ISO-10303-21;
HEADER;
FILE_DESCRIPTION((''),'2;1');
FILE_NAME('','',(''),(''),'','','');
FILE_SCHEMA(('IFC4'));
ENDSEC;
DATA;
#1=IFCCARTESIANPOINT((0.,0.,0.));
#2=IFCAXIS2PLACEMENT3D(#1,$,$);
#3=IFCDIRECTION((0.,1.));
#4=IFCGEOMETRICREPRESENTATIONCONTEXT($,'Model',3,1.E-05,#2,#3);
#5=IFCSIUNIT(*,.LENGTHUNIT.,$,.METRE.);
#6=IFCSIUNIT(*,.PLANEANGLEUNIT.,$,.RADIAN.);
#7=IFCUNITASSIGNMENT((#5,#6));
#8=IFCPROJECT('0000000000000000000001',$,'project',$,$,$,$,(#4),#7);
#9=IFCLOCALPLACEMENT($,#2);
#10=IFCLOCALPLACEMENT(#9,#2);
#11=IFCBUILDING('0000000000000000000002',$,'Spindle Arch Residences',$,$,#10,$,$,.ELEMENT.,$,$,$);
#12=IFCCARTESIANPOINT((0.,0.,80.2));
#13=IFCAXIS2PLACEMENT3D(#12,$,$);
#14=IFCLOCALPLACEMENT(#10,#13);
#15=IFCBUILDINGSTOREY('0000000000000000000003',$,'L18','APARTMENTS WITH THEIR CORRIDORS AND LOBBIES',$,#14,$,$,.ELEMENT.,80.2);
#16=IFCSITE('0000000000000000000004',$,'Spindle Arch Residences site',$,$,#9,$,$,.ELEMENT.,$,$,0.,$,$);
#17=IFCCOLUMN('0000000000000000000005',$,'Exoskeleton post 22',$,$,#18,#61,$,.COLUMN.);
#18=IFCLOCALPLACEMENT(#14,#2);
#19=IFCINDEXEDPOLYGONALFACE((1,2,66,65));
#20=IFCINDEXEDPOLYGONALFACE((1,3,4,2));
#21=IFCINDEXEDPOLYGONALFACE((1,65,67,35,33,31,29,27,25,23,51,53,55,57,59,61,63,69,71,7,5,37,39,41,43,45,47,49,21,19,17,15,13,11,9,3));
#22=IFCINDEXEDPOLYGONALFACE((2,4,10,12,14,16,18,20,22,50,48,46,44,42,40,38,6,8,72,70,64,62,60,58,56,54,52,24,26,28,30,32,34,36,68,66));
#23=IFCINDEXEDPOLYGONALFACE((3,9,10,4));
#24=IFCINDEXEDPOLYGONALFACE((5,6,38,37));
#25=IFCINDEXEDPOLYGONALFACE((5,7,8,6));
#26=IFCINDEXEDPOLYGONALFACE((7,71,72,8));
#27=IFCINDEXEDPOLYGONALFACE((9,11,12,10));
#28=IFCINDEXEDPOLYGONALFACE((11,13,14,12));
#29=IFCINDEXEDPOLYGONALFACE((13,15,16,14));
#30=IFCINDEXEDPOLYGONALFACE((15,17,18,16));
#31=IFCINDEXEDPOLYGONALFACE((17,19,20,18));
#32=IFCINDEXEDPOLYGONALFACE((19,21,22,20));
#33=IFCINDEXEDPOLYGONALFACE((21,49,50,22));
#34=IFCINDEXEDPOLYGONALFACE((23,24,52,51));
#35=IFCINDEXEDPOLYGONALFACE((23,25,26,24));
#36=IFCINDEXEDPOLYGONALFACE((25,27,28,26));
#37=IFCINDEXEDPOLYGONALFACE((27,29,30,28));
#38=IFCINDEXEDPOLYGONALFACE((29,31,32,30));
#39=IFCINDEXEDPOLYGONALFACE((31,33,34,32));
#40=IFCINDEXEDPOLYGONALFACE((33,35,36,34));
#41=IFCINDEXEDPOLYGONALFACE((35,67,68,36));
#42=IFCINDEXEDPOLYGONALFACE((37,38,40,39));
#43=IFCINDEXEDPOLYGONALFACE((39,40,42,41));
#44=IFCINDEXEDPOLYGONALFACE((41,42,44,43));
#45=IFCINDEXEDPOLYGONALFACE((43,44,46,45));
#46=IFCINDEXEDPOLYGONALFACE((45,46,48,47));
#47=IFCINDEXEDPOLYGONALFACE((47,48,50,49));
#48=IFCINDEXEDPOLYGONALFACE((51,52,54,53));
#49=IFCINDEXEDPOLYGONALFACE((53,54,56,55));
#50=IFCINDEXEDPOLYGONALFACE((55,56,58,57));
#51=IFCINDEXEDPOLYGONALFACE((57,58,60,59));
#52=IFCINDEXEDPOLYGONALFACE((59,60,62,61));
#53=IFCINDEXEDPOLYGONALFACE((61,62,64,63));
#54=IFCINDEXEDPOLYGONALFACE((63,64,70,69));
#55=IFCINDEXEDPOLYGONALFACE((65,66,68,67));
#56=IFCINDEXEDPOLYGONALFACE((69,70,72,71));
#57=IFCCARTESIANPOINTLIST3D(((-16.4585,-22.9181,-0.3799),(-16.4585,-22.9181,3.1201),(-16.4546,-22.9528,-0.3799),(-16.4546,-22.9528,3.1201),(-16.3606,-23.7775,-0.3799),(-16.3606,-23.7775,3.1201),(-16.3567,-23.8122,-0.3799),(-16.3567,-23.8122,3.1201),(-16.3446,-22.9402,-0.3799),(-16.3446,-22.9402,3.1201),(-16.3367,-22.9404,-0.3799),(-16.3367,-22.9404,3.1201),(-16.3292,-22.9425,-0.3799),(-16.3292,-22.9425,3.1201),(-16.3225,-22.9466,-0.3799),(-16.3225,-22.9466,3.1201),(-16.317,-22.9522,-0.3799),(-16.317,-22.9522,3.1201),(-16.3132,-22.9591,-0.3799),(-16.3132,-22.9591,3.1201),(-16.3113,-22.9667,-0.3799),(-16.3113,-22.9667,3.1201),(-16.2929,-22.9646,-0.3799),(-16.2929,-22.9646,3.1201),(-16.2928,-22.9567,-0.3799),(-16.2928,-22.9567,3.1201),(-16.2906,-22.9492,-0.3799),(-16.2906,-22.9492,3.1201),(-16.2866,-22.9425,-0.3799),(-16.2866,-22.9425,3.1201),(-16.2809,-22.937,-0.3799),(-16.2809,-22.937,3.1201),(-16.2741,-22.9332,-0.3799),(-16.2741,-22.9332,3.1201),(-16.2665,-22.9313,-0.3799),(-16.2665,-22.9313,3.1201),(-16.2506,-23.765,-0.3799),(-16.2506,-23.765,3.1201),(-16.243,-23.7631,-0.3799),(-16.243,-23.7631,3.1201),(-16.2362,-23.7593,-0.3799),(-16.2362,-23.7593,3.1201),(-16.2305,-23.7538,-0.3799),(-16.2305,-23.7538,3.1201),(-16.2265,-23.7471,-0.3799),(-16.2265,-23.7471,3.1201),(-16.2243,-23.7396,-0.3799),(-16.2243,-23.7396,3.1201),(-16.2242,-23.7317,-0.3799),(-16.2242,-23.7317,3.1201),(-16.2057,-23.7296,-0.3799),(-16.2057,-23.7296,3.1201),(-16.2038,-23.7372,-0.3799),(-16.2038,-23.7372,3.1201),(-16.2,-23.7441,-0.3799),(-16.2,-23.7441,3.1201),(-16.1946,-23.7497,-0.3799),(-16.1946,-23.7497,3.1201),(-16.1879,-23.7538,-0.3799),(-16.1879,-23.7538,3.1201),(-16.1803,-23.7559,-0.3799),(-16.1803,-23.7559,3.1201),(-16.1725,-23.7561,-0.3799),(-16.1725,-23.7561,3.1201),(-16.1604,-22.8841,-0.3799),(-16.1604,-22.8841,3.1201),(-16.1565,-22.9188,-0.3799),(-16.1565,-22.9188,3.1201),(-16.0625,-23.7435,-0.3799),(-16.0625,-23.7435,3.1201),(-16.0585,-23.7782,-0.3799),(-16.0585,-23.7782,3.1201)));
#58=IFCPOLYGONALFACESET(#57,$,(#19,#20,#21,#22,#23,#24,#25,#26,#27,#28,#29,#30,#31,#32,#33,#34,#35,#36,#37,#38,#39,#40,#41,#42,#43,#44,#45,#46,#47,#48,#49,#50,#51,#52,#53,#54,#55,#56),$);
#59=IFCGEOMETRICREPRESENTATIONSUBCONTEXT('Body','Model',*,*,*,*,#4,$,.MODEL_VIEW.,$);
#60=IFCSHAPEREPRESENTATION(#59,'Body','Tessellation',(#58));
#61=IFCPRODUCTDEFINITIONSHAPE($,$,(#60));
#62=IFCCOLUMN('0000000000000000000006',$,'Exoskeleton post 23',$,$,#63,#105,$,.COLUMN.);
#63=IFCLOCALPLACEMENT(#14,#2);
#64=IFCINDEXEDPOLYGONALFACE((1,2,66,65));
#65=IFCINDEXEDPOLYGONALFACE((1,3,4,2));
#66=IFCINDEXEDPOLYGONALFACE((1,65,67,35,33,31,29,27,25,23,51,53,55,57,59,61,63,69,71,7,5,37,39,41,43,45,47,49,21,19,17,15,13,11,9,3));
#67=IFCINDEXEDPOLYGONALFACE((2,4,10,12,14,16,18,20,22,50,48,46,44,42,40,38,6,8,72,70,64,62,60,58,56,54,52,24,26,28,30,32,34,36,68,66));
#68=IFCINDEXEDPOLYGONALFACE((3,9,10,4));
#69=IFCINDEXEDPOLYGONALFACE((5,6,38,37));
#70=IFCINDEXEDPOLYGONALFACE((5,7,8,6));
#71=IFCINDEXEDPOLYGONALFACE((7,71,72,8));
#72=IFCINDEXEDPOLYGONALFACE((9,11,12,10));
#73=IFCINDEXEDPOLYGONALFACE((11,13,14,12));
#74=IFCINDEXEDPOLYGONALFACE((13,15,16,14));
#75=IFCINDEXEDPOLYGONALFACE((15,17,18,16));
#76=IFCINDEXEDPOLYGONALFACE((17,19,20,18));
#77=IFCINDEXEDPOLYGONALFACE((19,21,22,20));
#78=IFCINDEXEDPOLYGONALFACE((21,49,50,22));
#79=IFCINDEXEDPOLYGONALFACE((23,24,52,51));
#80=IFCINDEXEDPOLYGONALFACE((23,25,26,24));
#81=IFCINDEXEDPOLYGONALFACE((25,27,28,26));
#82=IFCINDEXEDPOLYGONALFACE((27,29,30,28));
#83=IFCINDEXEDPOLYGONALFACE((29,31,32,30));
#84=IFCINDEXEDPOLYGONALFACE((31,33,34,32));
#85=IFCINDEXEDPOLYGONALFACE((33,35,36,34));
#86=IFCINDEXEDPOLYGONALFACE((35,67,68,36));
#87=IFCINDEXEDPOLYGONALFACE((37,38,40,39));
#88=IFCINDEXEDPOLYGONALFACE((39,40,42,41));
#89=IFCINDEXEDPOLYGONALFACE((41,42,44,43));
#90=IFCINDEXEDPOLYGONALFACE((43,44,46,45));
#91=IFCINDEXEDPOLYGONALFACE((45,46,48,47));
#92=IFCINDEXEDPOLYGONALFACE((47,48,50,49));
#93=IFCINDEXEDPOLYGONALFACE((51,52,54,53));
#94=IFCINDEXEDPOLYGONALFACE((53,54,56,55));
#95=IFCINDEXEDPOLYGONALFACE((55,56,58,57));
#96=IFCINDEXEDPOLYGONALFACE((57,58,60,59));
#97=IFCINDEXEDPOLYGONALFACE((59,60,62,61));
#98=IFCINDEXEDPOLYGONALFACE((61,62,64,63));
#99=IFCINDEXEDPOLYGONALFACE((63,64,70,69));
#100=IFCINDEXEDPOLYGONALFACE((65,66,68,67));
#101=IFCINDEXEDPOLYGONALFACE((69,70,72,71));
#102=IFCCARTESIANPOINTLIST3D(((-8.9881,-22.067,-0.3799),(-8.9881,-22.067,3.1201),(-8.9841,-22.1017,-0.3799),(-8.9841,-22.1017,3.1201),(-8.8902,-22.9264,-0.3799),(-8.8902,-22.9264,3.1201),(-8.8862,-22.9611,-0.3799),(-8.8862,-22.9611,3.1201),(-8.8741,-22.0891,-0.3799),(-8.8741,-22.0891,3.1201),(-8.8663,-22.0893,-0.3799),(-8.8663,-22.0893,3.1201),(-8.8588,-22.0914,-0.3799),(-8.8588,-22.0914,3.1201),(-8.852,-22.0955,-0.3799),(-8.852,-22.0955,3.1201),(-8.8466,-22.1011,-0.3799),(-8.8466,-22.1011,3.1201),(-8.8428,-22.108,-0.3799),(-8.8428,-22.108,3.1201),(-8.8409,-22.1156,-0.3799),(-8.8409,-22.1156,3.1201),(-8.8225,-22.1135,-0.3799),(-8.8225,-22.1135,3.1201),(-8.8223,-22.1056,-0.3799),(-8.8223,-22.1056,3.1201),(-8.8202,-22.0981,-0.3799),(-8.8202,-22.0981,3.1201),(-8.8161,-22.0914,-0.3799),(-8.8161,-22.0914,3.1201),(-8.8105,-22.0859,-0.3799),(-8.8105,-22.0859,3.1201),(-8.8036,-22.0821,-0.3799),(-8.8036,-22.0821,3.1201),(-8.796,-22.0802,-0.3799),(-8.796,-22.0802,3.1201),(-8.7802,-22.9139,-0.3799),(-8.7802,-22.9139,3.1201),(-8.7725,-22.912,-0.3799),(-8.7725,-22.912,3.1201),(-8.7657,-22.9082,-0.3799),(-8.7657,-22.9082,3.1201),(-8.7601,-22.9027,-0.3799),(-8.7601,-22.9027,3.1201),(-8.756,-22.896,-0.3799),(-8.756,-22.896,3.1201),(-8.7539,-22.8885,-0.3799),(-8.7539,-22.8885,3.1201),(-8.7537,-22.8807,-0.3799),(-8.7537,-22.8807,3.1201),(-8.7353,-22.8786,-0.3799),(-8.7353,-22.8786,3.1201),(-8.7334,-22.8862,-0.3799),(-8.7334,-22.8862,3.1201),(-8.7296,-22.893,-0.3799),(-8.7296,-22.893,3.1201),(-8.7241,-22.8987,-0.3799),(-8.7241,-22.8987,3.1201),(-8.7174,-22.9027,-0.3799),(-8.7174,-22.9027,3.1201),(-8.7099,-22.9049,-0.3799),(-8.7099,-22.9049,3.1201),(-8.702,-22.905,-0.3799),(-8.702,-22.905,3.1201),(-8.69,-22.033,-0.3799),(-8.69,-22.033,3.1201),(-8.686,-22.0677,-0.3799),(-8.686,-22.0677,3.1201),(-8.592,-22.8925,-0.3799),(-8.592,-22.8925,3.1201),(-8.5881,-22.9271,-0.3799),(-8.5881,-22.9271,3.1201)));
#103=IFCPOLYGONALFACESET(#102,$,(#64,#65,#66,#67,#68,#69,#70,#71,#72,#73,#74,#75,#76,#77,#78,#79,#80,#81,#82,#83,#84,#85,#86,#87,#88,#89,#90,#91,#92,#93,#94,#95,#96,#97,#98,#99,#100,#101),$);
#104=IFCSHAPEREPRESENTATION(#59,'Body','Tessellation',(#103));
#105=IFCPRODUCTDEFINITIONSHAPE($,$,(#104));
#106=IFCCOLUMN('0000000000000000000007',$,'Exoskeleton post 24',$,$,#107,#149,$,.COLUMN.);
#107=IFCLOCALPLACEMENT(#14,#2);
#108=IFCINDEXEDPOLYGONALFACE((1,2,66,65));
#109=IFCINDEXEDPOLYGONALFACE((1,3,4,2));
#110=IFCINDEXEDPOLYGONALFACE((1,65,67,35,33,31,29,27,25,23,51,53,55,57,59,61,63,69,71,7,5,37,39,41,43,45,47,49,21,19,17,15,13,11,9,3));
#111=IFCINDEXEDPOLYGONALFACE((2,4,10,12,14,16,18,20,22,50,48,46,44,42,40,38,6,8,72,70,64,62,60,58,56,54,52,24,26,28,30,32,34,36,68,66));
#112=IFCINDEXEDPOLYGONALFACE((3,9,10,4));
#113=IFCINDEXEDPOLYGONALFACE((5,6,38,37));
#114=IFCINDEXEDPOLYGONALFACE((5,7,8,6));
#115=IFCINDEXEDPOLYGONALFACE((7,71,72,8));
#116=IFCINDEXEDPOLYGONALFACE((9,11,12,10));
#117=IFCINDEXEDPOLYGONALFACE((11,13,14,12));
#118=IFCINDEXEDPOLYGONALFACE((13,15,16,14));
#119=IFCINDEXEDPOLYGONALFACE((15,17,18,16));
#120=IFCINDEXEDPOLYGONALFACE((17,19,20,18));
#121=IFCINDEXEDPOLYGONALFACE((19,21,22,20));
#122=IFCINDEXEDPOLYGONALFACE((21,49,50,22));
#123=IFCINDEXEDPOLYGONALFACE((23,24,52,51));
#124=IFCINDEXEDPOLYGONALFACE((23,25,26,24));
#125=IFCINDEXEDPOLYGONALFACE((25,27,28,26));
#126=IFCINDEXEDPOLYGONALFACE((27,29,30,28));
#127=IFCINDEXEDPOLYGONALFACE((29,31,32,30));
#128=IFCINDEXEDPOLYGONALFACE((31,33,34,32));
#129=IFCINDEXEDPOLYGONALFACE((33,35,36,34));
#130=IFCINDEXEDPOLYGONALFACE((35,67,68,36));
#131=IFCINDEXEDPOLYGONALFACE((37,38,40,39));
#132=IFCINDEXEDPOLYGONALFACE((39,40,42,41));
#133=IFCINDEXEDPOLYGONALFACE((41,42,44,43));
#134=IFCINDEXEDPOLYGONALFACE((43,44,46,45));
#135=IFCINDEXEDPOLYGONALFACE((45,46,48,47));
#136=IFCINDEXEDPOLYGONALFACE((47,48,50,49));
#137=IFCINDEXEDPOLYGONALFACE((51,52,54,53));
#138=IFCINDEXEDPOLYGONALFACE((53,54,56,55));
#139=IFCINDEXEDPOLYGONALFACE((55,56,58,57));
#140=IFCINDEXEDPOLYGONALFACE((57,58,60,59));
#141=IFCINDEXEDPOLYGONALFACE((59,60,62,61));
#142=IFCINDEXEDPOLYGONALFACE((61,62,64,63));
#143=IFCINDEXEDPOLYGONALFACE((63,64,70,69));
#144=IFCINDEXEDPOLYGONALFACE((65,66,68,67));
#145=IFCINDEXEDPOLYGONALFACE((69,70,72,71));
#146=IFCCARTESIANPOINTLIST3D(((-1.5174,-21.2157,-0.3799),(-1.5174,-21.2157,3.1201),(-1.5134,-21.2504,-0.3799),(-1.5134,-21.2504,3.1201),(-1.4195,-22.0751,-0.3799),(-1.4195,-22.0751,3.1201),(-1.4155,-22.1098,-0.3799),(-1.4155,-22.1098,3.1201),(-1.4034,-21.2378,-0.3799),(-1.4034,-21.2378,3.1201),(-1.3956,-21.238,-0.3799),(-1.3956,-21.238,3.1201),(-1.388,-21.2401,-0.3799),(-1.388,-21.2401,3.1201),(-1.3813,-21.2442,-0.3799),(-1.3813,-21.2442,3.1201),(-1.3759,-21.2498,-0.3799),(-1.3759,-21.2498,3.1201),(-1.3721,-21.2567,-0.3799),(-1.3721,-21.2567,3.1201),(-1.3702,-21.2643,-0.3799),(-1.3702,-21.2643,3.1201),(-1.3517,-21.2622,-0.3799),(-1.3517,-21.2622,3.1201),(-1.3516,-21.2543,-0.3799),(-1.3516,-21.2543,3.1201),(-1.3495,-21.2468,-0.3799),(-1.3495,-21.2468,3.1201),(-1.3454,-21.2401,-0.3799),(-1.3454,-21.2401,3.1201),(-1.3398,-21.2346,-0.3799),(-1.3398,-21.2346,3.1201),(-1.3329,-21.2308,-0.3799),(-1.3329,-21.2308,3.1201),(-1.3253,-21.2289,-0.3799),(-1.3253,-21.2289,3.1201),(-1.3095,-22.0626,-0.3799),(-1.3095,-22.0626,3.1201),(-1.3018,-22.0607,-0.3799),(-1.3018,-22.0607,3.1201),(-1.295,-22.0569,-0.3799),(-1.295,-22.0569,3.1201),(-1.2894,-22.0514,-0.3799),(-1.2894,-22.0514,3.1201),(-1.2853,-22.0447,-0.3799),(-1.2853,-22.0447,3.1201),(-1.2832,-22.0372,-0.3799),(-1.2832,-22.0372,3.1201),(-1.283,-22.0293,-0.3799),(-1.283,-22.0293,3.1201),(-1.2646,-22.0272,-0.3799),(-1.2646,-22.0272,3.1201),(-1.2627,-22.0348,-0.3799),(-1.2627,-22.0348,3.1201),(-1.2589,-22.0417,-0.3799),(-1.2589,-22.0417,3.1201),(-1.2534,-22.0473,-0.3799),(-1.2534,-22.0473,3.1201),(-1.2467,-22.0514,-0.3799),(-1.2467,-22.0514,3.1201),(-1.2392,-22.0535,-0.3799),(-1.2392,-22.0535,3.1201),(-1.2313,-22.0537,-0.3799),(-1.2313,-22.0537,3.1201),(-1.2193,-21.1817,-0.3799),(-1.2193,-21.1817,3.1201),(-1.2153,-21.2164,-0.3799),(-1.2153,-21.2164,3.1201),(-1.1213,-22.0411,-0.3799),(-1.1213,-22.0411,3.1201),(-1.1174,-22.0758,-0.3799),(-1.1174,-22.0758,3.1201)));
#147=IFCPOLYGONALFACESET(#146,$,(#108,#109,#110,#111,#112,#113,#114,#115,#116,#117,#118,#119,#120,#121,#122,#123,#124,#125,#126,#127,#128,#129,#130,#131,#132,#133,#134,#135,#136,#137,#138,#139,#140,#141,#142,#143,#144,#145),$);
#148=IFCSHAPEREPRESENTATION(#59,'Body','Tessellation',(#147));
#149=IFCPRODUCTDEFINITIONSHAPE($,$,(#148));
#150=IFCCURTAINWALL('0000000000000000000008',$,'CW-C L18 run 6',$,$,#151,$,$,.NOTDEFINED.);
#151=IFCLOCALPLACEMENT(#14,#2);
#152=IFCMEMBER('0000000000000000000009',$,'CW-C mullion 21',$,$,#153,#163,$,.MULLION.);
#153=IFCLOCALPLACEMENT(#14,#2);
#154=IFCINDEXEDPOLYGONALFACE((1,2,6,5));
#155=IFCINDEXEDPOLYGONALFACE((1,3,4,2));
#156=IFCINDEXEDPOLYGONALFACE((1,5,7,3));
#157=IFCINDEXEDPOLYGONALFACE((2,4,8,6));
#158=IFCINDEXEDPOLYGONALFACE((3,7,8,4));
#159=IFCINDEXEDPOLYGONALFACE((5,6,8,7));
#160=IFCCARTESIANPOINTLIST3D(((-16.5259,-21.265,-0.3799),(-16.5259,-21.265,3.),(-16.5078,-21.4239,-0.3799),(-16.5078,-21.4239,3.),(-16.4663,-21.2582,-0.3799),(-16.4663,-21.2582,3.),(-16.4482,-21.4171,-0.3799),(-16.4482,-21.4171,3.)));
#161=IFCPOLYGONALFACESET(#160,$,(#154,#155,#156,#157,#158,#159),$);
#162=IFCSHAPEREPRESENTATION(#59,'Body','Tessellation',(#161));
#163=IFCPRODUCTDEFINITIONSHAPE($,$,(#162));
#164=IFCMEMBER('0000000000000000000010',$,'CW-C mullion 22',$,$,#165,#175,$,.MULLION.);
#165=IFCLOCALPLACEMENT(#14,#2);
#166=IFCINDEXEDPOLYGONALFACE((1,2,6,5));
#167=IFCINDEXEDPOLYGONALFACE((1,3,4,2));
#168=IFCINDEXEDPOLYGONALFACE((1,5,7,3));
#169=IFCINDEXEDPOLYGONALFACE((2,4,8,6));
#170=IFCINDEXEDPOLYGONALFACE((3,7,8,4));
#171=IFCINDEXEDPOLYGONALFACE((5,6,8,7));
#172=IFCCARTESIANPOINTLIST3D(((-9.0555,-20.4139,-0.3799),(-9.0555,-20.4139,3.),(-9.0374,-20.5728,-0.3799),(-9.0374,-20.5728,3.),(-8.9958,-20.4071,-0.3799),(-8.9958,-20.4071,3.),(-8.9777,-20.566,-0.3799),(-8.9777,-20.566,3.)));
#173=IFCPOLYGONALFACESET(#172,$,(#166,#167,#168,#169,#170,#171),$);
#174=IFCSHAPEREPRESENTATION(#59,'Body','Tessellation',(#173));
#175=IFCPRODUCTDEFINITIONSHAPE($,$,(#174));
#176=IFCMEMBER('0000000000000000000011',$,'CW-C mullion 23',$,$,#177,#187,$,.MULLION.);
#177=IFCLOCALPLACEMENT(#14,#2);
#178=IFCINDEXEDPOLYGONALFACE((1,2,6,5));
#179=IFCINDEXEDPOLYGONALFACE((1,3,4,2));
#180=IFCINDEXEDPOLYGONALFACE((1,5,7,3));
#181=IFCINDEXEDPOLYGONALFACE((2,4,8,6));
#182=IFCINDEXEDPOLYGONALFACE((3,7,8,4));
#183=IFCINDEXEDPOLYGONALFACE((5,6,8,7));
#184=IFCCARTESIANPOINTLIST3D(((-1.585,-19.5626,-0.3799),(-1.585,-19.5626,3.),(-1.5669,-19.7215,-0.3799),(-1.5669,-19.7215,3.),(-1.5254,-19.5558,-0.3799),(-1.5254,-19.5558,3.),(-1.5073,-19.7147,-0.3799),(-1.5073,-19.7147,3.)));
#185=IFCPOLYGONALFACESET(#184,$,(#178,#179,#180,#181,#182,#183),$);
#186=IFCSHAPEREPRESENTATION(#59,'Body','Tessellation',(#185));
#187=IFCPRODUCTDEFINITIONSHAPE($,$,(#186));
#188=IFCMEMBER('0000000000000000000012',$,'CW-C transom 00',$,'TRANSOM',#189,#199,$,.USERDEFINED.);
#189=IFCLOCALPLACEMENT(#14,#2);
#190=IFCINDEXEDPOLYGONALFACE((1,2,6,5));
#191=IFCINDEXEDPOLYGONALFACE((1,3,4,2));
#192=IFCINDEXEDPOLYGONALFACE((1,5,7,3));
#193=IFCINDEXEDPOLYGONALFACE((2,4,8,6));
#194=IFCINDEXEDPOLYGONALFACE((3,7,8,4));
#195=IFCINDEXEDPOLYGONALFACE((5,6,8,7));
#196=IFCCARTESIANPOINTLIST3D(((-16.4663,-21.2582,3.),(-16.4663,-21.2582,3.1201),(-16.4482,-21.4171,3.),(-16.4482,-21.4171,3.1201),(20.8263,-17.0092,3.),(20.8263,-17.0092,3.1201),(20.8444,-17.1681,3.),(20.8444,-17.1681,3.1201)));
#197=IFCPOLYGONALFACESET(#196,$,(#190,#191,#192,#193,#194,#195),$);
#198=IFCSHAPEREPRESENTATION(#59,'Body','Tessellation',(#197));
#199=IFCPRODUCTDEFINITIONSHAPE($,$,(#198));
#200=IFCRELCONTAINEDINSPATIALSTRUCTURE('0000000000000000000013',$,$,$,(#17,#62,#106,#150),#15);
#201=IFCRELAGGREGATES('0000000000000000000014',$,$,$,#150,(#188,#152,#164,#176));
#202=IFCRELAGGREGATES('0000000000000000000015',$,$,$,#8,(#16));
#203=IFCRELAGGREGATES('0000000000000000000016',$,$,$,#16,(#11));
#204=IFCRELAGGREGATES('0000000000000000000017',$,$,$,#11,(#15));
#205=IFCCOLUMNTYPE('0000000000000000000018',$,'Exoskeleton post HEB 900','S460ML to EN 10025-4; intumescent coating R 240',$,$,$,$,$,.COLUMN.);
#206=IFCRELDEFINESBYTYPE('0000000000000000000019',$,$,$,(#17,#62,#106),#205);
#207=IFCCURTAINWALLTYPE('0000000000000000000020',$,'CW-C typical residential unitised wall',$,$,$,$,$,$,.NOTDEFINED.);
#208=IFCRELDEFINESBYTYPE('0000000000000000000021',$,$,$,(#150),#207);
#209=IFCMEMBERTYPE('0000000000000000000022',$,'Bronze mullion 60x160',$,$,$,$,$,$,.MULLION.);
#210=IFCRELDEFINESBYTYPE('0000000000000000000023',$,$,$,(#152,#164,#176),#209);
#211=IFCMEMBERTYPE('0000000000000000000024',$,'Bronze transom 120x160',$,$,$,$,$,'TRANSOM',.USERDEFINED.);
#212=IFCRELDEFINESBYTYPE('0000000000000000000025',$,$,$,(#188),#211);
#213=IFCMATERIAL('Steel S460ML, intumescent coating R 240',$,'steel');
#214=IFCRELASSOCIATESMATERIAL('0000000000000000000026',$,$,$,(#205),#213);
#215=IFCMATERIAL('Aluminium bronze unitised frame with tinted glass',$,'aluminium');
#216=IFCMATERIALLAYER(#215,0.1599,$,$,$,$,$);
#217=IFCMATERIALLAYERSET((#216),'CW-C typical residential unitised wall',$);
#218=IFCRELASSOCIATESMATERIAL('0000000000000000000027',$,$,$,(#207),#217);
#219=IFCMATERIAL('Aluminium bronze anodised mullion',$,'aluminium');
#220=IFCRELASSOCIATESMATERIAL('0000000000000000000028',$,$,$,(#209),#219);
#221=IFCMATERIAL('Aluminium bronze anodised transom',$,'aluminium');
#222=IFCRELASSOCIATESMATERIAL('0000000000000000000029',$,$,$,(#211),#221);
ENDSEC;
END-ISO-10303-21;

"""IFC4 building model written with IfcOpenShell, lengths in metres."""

from ifc_helpers import new_model, si_unit, direction, frame, origin, origin_2d, place, context, subcontext, project, spatial, rectangle, i_section, extrude, material, layer, layer_set, material_profile, profile_set, type_object, element, aggregate, save


model = new_model("IFC4")

# Units and contexts
model_context = context("Model", 3, precision=1e-05, world=origin(), true_north=direction((0.0, 1.0)))
body_context = subcontext(model_context, "Body", "Model", "MODEL_VIEW")
ifc_project = project(units=[si_unit("LENGTHUNIT", "METRE"), si_unit("PLANEANGLEUNIT", "RADIAN")], contexts=[model_context])

# Site, building, storey
site_placement = place(None, origin())
site = spatial("IfcSite", under=ifc_project, at=site_placement, Name="Spindle Arch Residences site", CompositionType="ELEMENT", RefElevation=0.0)
building_placement = place(site_placement, origin())
building = spatial("IfcBuilding", under=site, at=building_placement, Name="Spindle Arch Residences", CompositionType="ELEMENT")
storey_placement = place(building_placement, frame((0.0, 0.0, 80.2)))
storey = spatial("IfcBuildingStorey", under=building, at=storey_placement, Name="L18", Description="APARTMENTS WITH THEIR CORRIDORS AND LOBBIES", CompositionType="ELEMENT", Elevation=80.2)

# Columns
ifc_material_1 = material(Name="Steel S460ML, intumescent coating R 240", Category="steel")
ifc_material_profile_1 = material_profile(ifc_material_1, i_section(OverallWidth=0.3, OverallDepth=0.8999, WebThickness=0.0186, FlangeThickness=0.0349, FilletRadius=0.03, at=origin_2d()), Name="HEB 900")
ifc_profile_set_1 = profile_set([ifc_material_profile_1], Name="Steel S460ML, intumescent coating R 240")
column_type = type_object("IfcColumnType", Name="Exoskeleton post HEB 900", Description="S460ML to EN 10025-4; intumescent coating R 240", PredefinedType="COLUMN", material=ifc_profile_set_1)
for number, where, z_axis, x_axis, name in (
    (1, (-16.2585, -23.3481, -0.3799), (0.0, 0.0, 1.0), (-0.993572, -0.113203, 0.0), "Exoskeleton post 22"),
    (2, (-8.7881, -22.4971, -0.3799), (0.0, 0.0, 1.0), (-0.993572, -0.113203, 0.0), "Exoskeleton post 23"),
    (3, (-1.3174, -21.6458, -0.3799), (0.0, 0.0, 1.0), (-0.993572, -0.113203, 0.0), "Exoskeleton post 24"),
):
    element("IfcColumn", number, at=place(storey_placement, frame(where, z_axis=z_axis, x_axis=x_axis)), inside=storey, type_object=column_type, Name=name, PredefinedType="COLUMN", context=body_context, shape_type="SweptSolid", body=[
        extrude(i_section(OverallWidth=0.3, OverallDepth=0.8999, WebThickness=0.0186, FlangeThickness=0.0349, FilletRadius=0.03, at=origin_2d()), origin(), (0.0, 0.0, 1.0), 3.5),
    ])

# Curtain wall, members
ifc_material_2 = material(Name="Aluminium bronze unitised frame with tinted glass", Category="aluminium")
ifc_layer_1 = layer(ifc_material_2, 0.1599)
ifc_layer_set_1 = layer_set([ifc_layer_1], Name="CW-C typical residential unitised wall")
curtain_wall_type_1 = type_object("IfcCurtainWallType", Name="CW-C typical residential unitised wall", PredefinedType="NOTDEFINED", material=ifc_layer_set_1)
curtain_wall_1_placement = place(storey_placement, origin())
curtain_wall_1 = element("IfcCurtainWall", 4, at=curtain_wall_1_placement, inside=storey, type_object=curtain_wall_type_1, Name="CW-C L18 run 6", PredefinedType="NOTDEFINED")
ifc_material_3 = material(Name="Aluminium bronze anodised mullion", Category="aluminium")
ifc_material_profile_2 = material_profile(ifc_material_3, rectangle(XDim=0.1599, YDim=0.0601, at=origin_2d()), Name="MU 60x160")
ifc_profile_set_2 = profile_set([ifc_material_profile_2], Name="Aluminium bronze anodised mullion")
member_type_1 = type_object("IfcMemberType", Name="Bronze mullion 60x160", PredefinedType="MULLION", material=ifc_profile_set_2)
member_1_placement = place(storey_placement, frame((-16.4871, -21.3411, -0.3799), z_axis=(0.0, 0.0, 1.0), x_axis=(-0.113203, 0.993572, 0.0)))
member_1 = element("IfcMember", 5, at=member_1_placement, type_object=member_type_1, Name="CW-C mullion 21", PredefinedType="MULLION", context=body_context, shape_type="SweptSolid", body=[
    extrude(rectangle(XDim=0.1599, YDim=0.0601, at=origin_2d()), origin(), (0.0, 0.0, 1.0), 3.3799),
])
member_2_placement = place(storey_placement, frame((-9.0166, -20.49, -0.3799), z_axis=(0.0, 0.0, 1.0), x_axis=(-0.113203, 0.993572, 0.0)))
member_2 = element("IfcMember", 6, at=member_2_placement, type_object=member_type_1, Name="CW-C mullion 22", PredefinedType="MULLION", context=body_context, shape_type="SweptSolid", body=[
    extrude(rectangle(XDim=0.1599, YDim=0.0601, at=origin_2d()), origin(), (0.0, 0.0, 1.0), 3.3799),
])
member_3_placement = place(storey_placement, frame((-1.5461, -19.6387, -0.3799), z_axis=(0.0, 0.0, 1.0), x_axis=(-0.113203, 0.993572, 0.0)))
member_3 = element("IfcMember", 7, at=member_3_placement, type_object=member_type_1, Name="CW-C mullion 23", PredefinedType="MULLION", context=body_context, shape_type="SweptSolid", body=[
    extrude(rectangle(XDim=0.1599, YDim=0.0601, at=origin_2d()), origin(), (0.0, 0.0, 1.0), 3.3799),
])
ifc_material_4 = material(Name="Aluminium bronze anodised transom", Category="aluminium")
ifc_material_profile_3 = material_profile(ifc_material_4, rectangle(XDim=0.1599, YDim=0.1201, at=origin_2d()), Name="TR 120x160")
ifc_profile_set_3 = profile_set([ifc_material_profile_3], Name="Aluminium bronze anodised transom")
member_type_2 = type_object("IfcMemberType", Name="Bronze transom 120x160", ElementType="TRANSOM", PredefinedType="USERDEFINED", material=ifc_profile_set_3)
member_4_placement = place(storey_placement, frame((-16.4573, -21.3376, 3.0601), z_axis=(0.993572, 0.113205, 0.0), x_axis=(-0.113205, 0.993572, 0.0)))
member_4 = element("IfcMember", 8, at=member_4_placement, type_object=member_type_2, Name="CW-C transom 00", ObjectType="TRANSOM", PredefinedType="USERDEFINED", context=body_context, shape_type="SweptSolid", body=[
    extrude(rectangle(XDim=0.1599, YDim=0.1201, at=origin_2d()), origin(), (0.0, 0.0, 1.0), 37.5339),
])

aggregate(curtain_wall_1, [member_4, member_1, member_2, member_3])

save(model, "model.ifc")
